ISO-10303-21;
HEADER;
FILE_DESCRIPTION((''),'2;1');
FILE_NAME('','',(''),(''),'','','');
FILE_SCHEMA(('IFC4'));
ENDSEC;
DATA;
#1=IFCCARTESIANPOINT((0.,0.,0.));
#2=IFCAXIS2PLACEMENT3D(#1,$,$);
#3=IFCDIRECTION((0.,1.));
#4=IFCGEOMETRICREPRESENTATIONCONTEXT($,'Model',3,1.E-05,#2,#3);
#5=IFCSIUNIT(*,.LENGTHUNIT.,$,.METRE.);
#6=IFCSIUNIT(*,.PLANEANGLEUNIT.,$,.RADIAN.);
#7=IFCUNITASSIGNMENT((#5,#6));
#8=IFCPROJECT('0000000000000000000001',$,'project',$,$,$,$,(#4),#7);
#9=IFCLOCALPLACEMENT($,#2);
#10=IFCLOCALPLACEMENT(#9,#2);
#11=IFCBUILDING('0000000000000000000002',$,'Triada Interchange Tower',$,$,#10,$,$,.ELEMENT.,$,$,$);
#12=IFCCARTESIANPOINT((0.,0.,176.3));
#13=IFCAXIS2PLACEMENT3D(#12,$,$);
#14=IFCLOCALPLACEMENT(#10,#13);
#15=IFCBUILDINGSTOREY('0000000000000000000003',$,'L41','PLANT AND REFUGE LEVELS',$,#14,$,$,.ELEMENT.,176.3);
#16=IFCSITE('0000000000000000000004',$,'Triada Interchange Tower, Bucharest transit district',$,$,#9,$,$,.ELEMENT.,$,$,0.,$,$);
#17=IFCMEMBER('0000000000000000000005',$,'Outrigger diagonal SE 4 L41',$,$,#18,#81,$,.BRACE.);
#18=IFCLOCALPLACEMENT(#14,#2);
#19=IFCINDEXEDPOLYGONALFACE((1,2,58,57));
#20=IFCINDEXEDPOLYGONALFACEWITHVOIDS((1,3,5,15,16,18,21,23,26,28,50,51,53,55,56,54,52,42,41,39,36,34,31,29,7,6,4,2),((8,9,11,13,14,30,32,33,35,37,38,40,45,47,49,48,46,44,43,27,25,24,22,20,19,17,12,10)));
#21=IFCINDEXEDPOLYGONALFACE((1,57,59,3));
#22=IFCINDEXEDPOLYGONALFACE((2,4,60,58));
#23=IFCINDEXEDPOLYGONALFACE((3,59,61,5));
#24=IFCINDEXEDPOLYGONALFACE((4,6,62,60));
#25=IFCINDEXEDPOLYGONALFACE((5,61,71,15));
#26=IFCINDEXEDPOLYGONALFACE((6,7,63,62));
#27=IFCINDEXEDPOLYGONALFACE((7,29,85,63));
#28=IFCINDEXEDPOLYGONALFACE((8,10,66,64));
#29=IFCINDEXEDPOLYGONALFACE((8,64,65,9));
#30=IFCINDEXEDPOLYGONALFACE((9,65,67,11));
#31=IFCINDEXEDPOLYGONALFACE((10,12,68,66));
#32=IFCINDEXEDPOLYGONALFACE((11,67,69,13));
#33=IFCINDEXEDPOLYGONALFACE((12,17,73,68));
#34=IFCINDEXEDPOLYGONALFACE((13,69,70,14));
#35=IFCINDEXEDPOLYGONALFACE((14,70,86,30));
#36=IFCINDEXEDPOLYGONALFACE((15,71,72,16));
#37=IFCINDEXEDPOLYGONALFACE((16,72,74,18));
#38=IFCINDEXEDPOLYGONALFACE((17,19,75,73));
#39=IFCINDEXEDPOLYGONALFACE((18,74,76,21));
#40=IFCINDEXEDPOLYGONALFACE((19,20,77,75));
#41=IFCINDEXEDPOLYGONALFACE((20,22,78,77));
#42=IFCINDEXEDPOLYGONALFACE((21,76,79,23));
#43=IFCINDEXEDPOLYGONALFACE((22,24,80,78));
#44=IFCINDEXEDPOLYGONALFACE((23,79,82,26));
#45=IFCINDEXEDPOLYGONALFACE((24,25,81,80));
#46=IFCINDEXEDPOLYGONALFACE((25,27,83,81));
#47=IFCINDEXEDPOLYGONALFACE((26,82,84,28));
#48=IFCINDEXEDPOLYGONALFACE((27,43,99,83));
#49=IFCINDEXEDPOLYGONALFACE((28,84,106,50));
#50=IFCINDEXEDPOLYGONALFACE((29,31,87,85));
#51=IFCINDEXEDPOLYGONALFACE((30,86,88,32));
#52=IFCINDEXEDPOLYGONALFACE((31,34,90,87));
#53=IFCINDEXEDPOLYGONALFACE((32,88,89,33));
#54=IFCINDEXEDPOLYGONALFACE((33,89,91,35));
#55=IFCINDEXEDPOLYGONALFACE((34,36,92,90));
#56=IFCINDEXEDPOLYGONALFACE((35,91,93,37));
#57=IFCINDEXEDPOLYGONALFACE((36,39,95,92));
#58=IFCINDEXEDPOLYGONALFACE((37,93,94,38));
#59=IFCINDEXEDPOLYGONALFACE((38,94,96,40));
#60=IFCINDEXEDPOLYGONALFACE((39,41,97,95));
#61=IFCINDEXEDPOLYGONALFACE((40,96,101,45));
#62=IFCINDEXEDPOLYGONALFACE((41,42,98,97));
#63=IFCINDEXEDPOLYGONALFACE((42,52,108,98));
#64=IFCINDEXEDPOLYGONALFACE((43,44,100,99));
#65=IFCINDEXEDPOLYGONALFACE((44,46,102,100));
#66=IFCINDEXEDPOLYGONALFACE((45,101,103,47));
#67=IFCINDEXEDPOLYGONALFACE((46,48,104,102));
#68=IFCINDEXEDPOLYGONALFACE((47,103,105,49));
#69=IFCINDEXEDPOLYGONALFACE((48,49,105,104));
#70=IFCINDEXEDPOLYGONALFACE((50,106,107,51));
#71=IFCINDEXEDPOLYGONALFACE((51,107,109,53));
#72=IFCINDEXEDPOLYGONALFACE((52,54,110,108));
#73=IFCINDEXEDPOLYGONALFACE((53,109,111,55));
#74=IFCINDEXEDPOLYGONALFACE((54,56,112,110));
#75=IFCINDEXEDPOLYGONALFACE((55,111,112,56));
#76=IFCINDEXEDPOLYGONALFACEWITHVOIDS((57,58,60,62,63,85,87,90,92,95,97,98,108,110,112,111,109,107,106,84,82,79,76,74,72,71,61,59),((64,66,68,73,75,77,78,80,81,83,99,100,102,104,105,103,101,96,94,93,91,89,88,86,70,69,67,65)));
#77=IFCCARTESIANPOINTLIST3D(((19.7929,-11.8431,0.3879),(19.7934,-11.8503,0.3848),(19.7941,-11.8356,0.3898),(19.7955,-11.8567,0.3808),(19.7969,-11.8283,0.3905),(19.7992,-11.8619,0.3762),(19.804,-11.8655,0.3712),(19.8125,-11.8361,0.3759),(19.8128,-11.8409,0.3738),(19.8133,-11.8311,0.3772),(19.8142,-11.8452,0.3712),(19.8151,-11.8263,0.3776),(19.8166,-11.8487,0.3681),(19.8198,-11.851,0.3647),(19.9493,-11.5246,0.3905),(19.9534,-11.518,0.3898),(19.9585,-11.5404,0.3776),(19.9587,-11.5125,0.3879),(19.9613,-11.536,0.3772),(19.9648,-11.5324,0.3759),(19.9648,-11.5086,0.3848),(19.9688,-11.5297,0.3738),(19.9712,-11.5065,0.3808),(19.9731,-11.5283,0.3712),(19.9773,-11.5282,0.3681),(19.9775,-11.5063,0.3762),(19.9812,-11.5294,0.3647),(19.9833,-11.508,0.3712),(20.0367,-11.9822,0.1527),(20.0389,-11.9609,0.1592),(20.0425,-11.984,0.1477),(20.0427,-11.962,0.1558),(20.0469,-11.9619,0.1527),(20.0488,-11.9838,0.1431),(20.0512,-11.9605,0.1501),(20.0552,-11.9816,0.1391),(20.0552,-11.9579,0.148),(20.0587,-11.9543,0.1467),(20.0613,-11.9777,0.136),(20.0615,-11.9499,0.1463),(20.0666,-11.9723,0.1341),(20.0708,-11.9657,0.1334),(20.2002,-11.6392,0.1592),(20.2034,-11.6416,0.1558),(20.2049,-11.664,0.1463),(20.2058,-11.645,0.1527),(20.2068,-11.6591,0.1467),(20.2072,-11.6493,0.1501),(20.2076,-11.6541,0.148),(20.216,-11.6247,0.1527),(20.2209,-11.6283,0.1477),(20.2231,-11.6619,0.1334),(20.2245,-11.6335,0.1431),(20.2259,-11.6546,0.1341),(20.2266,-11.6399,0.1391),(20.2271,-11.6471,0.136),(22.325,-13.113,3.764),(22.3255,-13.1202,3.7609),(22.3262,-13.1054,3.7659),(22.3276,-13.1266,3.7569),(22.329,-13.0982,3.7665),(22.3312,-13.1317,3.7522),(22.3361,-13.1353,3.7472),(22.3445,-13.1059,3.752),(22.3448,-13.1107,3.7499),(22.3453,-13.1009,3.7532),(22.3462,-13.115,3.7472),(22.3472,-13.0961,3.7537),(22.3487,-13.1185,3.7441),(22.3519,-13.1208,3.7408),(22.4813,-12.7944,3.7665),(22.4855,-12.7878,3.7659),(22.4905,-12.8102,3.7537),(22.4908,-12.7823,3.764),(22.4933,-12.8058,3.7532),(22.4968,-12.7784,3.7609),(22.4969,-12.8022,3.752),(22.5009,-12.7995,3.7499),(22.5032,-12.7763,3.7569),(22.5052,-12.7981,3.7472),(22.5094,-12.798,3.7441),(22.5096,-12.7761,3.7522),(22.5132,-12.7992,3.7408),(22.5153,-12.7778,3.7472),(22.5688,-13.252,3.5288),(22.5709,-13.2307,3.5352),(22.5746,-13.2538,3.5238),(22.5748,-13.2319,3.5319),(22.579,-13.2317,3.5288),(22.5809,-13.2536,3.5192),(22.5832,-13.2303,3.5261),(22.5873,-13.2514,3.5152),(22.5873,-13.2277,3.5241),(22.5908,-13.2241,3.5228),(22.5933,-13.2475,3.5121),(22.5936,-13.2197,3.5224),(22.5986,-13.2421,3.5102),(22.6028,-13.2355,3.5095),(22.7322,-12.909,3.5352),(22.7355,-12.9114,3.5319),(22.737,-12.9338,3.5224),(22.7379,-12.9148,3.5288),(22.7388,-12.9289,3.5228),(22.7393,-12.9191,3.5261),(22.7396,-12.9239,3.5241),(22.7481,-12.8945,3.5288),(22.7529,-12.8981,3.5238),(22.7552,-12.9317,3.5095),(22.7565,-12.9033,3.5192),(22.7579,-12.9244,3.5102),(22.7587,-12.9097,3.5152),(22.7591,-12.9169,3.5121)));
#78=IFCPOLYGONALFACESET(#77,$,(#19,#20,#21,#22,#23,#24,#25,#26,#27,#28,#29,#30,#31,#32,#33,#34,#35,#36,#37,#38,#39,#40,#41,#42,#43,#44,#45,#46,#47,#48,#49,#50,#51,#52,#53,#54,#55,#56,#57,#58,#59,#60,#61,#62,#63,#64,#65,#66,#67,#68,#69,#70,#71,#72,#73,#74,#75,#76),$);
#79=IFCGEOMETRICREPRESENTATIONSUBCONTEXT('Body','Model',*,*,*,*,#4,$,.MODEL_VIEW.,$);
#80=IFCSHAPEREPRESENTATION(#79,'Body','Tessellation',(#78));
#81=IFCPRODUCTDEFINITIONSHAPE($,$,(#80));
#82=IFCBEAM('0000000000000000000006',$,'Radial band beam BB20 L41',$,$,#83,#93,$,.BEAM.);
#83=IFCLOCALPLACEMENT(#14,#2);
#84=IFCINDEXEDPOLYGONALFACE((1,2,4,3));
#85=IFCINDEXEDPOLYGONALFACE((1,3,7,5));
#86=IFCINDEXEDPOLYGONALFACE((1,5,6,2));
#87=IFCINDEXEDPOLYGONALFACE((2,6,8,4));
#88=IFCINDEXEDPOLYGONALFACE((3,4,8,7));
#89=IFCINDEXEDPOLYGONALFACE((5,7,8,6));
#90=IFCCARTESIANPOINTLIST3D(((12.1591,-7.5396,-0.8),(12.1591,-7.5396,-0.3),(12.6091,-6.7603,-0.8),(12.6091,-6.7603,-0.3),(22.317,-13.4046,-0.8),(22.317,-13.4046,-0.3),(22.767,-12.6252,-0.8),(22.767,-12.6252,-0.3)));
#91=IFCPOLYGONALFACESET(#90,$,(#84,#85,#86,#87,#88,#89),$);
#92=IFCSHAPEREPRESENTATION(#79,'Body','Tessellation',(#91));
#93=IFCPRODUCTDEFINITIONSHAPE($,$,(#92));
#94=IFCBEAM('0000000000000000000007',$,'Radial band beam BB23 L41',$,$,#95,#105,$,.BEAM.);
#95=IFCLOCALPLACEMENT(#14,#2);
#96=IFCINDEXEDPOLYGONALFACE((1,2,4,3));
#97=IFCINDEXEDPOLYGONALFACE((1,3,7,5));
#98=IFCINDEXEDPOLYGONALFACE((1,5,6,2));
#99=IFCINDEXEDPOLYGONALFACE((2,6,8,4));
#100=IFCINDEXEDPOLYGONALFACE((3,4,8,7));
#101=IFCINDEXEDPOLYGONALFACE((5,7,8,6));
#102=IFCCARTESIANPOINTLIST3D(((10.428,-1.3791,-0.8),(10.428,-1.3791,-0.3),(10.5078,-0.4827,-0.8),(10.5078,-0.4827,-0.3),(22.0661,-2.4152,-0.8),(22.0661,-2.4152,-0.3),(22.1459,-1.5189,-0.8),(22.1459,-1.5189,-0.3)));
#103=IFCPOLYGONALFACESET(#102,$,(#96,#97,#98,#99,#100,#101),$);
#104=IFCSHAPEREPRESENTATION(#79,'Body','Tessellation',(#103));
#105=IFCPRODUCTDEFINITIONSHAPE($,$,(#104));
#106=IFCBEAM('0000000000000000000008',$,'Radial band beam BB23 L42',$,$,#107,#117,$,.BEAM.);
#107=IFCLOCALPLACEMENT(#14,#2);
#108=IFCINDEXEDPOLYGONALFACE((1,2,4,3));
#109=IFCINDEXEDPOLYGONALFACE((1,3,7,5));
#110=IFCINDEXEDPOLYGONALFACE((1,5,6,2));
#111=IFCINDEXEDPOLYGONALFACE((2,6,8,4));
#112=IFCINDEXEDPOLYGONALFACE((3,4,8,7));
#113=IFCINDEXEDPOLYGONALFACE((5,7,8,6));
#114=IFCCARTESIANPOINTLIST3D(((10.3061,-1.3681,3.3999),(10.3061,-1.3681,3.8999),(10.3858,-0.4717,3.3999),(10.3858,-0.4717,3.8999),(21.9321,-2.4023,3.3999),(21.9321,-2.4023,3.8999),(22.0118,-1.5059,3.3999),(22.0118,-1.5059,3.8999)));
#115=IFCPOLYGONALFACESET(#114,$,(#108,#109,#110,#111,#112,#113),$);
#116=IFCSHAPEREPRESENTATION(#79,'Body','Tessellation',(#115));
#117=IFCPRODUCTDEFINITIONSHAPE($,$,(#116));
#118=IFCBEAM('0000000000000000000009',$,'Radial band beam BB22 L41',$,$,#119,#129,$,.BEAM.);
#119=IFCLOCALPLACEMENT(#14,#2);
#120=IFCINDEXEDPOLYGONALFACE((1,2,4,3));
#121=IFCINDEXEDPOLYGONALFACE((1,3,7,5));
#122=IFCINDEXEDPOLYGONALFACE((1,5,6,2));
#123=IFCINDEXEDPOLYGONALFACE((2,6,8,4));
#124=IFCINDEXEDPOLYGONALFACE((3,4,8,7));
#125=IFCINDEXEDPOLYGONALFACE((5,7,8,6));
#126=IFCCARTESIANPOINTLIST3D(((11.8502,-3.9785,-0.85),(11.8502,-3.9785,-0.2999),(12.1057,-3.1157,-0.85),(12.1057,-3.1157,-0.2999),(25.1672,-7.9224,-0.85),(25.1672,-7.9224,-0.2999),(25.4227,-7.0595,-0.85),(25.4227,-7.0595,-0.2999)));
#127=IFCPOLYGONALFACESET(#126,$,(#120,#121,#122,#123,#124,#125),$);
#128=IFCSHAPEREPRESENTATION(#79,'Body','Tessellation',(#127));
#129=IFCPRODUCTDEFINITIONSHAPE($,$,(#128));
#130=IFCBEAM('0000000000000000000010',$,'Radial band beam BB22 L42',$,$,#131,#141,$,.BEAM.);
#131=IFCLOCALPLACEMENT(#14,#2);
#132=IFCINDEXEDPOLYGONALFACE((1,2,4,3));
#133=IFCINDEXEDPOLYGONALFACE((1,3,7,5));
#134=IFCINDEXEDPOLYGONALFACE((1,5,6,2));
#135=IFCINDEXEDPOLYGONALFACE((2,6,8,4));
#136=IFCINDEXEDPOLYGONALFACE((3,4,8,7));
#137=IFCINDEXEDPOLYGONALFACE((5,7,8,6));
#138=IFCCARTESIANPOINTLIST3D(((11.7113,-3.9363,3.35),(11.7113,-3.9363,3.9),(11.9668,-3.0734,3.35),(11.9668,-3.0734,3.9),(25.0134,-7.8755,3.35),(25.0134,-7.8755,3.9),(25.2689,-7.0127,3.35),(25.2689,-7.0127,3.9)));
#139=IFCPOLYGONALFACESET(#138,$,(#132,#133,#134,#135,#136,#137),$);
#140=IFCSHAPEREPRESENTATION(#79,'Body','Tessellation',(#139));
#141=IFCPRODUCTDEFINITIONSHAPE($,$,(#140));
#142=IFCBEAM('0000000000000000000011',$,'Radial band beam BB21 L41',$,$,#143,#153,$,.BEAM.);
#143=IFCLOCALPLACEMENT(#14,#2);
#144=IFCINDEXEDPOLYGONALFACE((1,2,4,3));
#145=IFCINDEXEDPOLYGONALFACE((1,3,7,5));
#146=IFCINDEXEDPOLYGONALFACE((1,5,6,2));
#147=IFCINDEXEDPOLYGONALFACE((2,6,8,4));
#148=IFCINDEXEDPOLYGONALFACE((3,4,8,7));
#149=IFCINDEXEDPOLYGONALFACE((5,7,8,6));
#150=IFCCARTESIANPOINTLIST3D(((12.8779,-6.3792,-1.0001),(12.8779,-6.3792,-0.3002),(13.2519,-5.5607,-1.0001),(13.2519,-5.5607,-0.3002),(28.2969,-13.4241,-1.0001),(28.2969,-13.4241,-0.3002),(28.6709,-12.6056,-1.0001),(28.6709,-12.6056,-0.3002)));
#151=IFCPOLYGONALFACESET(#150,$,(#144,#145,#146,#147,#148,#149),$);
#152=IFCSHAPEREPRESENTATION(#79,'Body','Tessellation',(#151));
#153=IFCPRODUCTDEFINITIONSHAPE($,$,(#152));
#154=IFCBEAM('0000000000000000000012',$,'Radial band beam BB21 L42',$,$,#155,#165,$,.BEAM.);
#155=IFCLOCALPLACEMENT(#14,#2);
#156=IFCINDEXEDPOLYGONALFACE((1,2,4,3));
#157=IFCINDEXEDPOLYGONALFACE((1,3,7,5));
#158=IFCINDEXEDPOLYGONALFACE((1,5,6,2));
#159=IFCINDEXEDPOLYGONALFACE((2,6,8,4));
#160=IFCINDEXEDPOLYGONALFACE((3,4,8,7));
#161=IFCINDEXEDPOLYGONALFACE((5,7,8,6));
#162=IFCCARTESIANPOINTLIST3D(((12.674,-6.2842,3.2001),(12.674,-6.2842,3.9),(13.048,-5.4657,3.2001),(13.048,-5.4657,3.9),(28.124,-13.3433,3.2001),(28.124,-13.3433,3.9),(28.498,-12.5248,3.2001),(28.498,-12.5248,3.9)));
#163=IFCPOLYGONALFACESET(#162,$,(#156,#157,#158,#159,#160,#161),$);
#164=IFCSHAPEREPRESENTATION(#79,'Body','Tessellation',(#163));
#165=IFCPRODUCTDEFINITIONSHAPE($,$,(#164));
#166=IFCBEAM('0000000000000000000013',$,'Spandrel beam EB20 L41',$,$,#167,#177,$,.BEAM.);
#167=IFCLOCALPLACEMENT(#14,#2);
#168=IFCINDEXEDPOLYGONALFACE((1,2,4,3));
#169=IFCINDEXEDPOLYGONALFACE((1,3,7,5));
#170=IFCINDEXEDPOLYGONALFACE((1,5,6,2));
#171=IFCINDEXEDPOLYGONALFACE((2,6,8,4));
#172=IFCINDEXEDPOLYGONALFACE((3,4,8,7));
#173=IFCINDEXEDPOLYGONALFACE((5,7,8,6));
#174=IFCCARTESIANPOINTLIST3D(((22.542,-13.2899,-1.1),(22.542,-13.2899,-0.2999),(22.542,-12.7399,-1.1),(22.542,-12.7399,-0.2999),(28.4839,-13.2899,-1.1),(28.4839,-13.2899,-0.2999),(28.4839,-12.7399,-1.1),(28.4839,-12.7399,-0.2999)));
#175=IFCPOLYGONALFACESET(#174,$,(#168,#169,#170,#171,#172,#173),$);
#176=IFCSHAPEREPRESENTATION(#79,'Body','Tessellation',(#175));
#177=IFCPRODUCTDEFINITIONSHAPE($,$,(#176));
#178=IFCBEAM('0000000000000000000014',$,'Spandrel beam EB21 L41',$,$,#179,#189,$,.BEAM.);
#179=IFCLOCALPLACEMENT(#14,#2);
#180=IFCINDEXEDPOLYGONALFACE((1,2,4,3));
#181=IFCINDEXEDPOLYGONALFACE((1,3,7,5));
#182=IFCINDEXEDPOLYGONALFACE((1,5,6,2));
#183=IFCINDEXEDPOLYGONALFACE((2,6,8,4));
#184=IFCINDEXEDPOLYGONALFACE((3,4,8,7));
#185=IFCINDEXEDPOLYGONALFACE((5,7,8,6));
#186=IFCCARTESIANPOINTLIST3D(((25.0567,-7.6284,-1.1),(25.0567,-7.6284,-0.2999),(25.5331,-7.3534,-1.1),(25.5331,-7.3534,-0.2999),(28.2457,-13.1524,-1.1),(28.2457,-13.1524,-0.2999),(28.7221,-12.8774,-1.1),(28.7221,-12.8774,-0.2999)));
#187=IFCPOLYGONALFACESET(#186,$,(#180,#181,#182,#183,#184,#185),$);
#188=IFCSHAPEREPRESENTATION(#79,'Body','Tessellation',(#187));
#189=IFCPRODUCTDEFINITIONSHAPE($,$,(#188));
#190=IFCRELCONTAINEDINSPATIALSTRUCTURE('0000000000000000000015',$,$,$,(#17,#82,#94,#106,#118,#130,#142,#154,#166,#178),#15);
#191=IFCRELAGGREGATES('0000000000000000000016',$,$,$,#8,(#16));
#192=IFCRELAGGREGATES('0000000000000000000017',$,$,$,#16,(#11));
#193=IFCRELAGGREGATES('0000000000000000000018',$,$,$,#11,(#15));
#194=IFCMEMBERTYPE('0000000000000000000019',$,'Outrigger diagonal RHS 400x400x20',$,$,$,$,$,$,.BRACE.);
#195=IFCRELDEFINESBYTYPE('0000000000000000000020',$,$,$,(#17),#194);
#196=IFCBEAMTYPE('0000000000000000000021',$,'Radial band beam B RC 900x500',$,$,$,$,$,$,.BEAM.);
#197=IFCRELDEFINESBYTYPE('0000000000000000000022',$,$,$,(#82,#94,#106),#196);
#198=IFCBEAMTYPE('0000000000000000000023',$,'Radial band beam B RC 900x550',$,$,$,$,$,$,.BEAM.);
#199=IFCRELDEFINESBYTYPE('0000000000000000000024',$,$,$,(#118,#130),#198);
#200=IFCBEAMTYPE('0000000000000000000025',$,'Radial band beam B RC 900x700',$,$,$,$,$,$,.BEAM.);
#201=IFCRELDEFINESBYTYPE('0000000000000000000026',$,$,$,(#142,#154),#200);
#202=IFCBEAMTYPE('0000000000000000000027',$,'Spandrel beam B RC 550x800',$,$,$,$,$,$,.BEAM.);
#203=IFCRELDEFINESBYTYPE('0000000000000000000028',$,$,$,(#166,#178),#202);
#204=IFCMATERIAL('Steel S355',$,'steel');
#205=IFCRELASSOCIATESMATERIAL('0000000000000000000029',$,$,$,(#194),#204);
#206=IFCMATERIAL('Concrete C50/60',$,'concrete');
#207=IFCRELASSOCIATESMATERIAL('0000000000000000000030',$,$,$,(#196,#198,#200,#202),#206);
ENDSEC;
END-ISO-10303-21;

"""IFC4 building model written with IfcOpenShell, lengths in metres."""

from ifc_helpers import new_model, si_unit, direction, frame, origin, origin_2d, place, context, subcontext, project, spatial, rectangle, hollow_rectangle, extrude, material, material_profile, profile_set, type_object, element, save


model = new_model("IFC4")

# Units and contexts
model_context = context("Model", 3, precision=1e-05, world=origin(), true_north=direction((0.0, 1.0)))
body_context = subcontext(model_context, "Body", "Model", "MODEL_VIEW")
ifc_project = project(units=[si_unit("LENGTHUNIT", "METRE"), si_unit("PLANEANGLEUNIT", "RADIAN")], contexts=[model_context])

# Site, building, storey
site_placement = place(None, origin())
site = spatial("IfcSite", under=ifc_project, at=site_placement, Name="Triada Interchange Tower, Bucharest transit district", CompositionType="ELEMENT", RefElevation=0.0)
building_placement = place(site_placement, origin())
building = spatial("IfcBuilding", under=site, at=building_placement, Name="Triada Interchange Tower", CompositionType="ELEMENT")
storey_placement = place(building_placement, frame((0.0, 0.0, 176.3)))
storey = spatial("IfcBuildingStorey", under=building, at=storey_placement, Name="L41", Description="PLANT AND REFUGE LEVELS", CompositionType="ELEMENT", Elevation=176.3)

# Member
ifc_material_1 = material(Name="Steel S355", Category="steel")
ifc_material_profile_1 = material_profile(ifc_material_1, hollow_rectangle(XDim=0.3999, YDim=0.3999, WallThickness=0.02, InnerFilletRadius=0.02, OuterFilletRadius=0.03, at=origin_2d()), Name="RHS 400x400x20")
ifc_profile_set_1 = profile_set([ifc_material_profile_1], Name="Steel S355")
member_type_1 = type_object("IfcMemberType", Name="Outrigger diagonal RHS 400x400x20", PredefinedType="BRACE", material=ifc_profile_set_1)
member_1_placement = place(storey_placement, frame((20.01, -11.7451, 0.262), z_axis=(0.574554, -0.288136, 0.766072), x_axis=(0.448282, 0.893892, 0.0)))
element("IfcMember", 1, at=member_1_placement, inside=storey, type_object=member_type_1, Name="Outrigger diagonal SE 4 L41", PredefinedType="BRACE", context=body_context, shape_type="SweptSolid", body=[
    extrude(hollow_rectangle(XDim=0.3999, YDim=0.3999, WallThickness=0.02, InnerFilletRadius=0.02, OuterFilletRadius=0.03, at=origin_2d()), origin(), (0.0, 0.0, 1.0), 4.407),
])

# Beams
ifc_material_2 = material(Name="Concrete C50/60", Category="concrete")
ifc_material_profile_2 = material_profile(ifc_material_2, rectangle(XDim=0.8999, YDim=0.5, at=origin_2d()), Name="RC 900x500")
ifc_profile_set_2 = profile_set([ifc_material_profile_2], Name="Concrete C50/60")
beam_type_1 = type_object("IfcBeamType", Name="Radial band beam B RC 900x500", PredefinedType="BEAM", material=ifc_profile_set_2)
beam_1_placement = place(storey_placement, frame((22.542, -13.0149, -0.55), z_axis=(-0.866015, 0.500019, 0.0), x_axis=(-0.500019, -0.866015, 0.0)))
element("IfcBeam", 2, at=beam_1_placement, inside=storey, type_object=beam_type_1, Name="Radial band beam BB20 L41", PredefinedType="BEAM", context=body_context, shape_type="SweptSolid", body=[
    extrude(rectangle(XDim=0.8999, YDim=0.5, at=origin_2d()), origin(), (0.0, 0.0, 1.0), 11.7295),
])
beam_2_placement = place(storey_placement, frame((22.106, -1.967, -0.55), z_axis=(-0.99606, 0.08868, 0.0), x_axis=(-0.08868, -0.99606, 0.0)))
element("IfcBeam", 3, at=beam_2_placement, inside=storey, type_object=beam_type_1, Name="Radial band beam BB23 L41", PredefinedType="BEAM", context=body_context, shape_type="SweptSolid", body=[
    extrude(rectangle(XDim=0.8999, YDim=0.5, at=origin_2d()), origin(), (0.0, 0.0, 1.0), 11.6841),
])
beam_3_placement = place(storey_placement, frame((21.9719, -1.9541, 3.6499), z_axis=(-0.996067, 0.088604, 0.0), x_axis=(-0.088604, -0.996067, 0.0)))
element("IfcBeam", 4, at=beam_3_placement, inside=storey, type_object=beam_type_1, Name="Radial band beam BB23 L42", PredefinedType="BEAM", context=body_context, shape_type="SweptSolid", body=[
    extrude(rectangle(XDim=0.8999, YDim=0.5, at=origin_2d()), origin(), (0.0, 0.0, 1.0), 11.6719),
])
ifc_material_profile_3 = material_profile(ifc_material_2, rectangle(XDim=0.8999, YDim=0.55, at=origin_2d()), Name="RC 900x550")
ifc_profile_set_3 = profile_set([ifc_material_profile_3], Name="Concrete C50/60")
beam_type_2 = type_object("IfcBeamType", Name="Radial band beam B RC 900x550", PredefinedType="BEAM", material=ifc_profile_set_3)
beam_4_placement = place(storey_placement, frame((25.2949, -7.491, -0.575), z_axis=(-0.958835, 0.283963, 0.0), x_axis=(-0.283963, -0.958835, 0.0)))
element("IfcBeam", 5, at=beam_4_placement, inside=storey, type_object=beam_type_2, Name="Radial band beam BB22 L41", PredefinedType="BEAM", context=body_context, shape_type="SweptSolid", body=[
    extrude(rectangle(XDim=0.8999, YDim=0.55, at=origin_2d()), origin(), (0.0, 0.0, 1.0), 13.8887),
])
beam_5_placement = place(storey_placement, frame((25.1411, -7.4441, 3.625), z_axis=(-0.95884, 0.283948, 0.0), x_axis=(-0.283948, -0.95884, 0.0)))
element("IfcBeam", 6, at=beam_5_placement, inside=storey, type_object=beam_type_2, Name="Radial band beam BB22 L42", PredefinedType="BEAM", context=body_context, shape_type="SweptSolid", body=[
    extrude(rectangle(XDim=0.8999, YDim=0.55, at=origin_2d()), origin(), (0.0, 0.0, 1.0), 13.873),
])
ifc_material_profile_4 = material_profile(ifc_material_2, rectangle(XDim=0.8999, YDim=0.7, at=origin_2d()), Name="RC 900x700")
ifc_profile_set_4 = profile_set([ifc_material_profile_4], Name="Concrete C50/60")
beam_type_3 = type_object("IfcBeamType", Name="Radial band beam B RC 900x700", PredefinedType="BEAM", material=ifc_profile_set_4)
beam_6_placement = place(storey_placement, frame((28.4839, -13.0149, -0.6501), z_axis=(-0.909558, 0.415577, 0.0), x_axis=(-0.415577, -0.909558, 0.0)))
element("IfcBeam", 7, at=beam_6_placement, inside=storey, type_object=beam_type_3, Name="Radial band beam BB21 L41", PredefinedType="BEAM", context=body_context, shape_type="SweptSolid", body=[
    extrude(rectangle(XDim=0.8999, YDim=0.7, at=origin_2d()), origin(), (0.0, 0.0, 1.0), 16.9521),
])
beam_7_placement = place(storey_placement, frame((28.311, -12.9341, 3.55), z_axis=(-0.909558, 0.415577, 0.0), x_axis=(-0.415577, -0.909558, 0.0)))
element("IfcBeam", 8, at=beam_7_placement, inside=storey, type_object=beam_type_3, Name="Radial band beam BB21 L42", PredefinedType="BEAM", context=body_context, shape_type="SweptSolid", body=[
    extrude(rectangle(XDim=0.8999, YDim=0.7, at=origin_2d()), origin(), (0.0, 0.0, 1.0), 16.9863),
])
ifc_material_profile_5 = material_profile(ifc_material_2, rectangle(XDim=0.55, YDim=0.8, at=origin_2d()), Name="RC 550x800")
ifc_profile_set_5 = profile_set([ifc_material_profile_5], Name="Concrete C50/60")
beam_type_4 = type_object("IfcBeamType", Name="Spandrel beam B RC 550x800", PredefinedType="BEAM", material=ifc_profile_set_5)
beam_8_placement = place(storey_placement, frame((22.542, -13.0149, -0.7), z_axis=(1.0, 0.0, 0.0), x_axis=(0.0, 1.0, 0.0)))
element("IfcBeam", 9, at=beam_8_placement, inside=storey, type_object=beam_type_4, Name="Spandrel beam EB20 L41", PredefinedType="BEAM", context=body_context, shape_type="SweptSolid", body=[
    extrude(rectangle(XDim=0.55, YDim=0.8, at=origin_2d()), origin(), (0.0, 0.0, 1.0), 5.9419),
])
for number, where, z_axis, x_axis, name in (
    (10, (28.4839, -13.0149, -0.7), (-0.499968, 0.866044, 0.0), (-0.866044, -0.499968, 0.0), "Spandrel beam EB21 L41"),
):
    element("IfcBeam", number, at=place(storey_placement, frame(where, z_axis=z_axis, x_axis=x_axis)), inside=storey, type_object=beam_type_4, Name=name, PredefinedType="BEAM", context=body_context, shape_type="SweptSolid", body=[
        extrude(rectangle(XDim=0.55, YDim=0.8, at=origin_2d()), origin(), (0.0, 0.0, 1.0), 6.3784),
    ])

save(model, "model.ifc")
